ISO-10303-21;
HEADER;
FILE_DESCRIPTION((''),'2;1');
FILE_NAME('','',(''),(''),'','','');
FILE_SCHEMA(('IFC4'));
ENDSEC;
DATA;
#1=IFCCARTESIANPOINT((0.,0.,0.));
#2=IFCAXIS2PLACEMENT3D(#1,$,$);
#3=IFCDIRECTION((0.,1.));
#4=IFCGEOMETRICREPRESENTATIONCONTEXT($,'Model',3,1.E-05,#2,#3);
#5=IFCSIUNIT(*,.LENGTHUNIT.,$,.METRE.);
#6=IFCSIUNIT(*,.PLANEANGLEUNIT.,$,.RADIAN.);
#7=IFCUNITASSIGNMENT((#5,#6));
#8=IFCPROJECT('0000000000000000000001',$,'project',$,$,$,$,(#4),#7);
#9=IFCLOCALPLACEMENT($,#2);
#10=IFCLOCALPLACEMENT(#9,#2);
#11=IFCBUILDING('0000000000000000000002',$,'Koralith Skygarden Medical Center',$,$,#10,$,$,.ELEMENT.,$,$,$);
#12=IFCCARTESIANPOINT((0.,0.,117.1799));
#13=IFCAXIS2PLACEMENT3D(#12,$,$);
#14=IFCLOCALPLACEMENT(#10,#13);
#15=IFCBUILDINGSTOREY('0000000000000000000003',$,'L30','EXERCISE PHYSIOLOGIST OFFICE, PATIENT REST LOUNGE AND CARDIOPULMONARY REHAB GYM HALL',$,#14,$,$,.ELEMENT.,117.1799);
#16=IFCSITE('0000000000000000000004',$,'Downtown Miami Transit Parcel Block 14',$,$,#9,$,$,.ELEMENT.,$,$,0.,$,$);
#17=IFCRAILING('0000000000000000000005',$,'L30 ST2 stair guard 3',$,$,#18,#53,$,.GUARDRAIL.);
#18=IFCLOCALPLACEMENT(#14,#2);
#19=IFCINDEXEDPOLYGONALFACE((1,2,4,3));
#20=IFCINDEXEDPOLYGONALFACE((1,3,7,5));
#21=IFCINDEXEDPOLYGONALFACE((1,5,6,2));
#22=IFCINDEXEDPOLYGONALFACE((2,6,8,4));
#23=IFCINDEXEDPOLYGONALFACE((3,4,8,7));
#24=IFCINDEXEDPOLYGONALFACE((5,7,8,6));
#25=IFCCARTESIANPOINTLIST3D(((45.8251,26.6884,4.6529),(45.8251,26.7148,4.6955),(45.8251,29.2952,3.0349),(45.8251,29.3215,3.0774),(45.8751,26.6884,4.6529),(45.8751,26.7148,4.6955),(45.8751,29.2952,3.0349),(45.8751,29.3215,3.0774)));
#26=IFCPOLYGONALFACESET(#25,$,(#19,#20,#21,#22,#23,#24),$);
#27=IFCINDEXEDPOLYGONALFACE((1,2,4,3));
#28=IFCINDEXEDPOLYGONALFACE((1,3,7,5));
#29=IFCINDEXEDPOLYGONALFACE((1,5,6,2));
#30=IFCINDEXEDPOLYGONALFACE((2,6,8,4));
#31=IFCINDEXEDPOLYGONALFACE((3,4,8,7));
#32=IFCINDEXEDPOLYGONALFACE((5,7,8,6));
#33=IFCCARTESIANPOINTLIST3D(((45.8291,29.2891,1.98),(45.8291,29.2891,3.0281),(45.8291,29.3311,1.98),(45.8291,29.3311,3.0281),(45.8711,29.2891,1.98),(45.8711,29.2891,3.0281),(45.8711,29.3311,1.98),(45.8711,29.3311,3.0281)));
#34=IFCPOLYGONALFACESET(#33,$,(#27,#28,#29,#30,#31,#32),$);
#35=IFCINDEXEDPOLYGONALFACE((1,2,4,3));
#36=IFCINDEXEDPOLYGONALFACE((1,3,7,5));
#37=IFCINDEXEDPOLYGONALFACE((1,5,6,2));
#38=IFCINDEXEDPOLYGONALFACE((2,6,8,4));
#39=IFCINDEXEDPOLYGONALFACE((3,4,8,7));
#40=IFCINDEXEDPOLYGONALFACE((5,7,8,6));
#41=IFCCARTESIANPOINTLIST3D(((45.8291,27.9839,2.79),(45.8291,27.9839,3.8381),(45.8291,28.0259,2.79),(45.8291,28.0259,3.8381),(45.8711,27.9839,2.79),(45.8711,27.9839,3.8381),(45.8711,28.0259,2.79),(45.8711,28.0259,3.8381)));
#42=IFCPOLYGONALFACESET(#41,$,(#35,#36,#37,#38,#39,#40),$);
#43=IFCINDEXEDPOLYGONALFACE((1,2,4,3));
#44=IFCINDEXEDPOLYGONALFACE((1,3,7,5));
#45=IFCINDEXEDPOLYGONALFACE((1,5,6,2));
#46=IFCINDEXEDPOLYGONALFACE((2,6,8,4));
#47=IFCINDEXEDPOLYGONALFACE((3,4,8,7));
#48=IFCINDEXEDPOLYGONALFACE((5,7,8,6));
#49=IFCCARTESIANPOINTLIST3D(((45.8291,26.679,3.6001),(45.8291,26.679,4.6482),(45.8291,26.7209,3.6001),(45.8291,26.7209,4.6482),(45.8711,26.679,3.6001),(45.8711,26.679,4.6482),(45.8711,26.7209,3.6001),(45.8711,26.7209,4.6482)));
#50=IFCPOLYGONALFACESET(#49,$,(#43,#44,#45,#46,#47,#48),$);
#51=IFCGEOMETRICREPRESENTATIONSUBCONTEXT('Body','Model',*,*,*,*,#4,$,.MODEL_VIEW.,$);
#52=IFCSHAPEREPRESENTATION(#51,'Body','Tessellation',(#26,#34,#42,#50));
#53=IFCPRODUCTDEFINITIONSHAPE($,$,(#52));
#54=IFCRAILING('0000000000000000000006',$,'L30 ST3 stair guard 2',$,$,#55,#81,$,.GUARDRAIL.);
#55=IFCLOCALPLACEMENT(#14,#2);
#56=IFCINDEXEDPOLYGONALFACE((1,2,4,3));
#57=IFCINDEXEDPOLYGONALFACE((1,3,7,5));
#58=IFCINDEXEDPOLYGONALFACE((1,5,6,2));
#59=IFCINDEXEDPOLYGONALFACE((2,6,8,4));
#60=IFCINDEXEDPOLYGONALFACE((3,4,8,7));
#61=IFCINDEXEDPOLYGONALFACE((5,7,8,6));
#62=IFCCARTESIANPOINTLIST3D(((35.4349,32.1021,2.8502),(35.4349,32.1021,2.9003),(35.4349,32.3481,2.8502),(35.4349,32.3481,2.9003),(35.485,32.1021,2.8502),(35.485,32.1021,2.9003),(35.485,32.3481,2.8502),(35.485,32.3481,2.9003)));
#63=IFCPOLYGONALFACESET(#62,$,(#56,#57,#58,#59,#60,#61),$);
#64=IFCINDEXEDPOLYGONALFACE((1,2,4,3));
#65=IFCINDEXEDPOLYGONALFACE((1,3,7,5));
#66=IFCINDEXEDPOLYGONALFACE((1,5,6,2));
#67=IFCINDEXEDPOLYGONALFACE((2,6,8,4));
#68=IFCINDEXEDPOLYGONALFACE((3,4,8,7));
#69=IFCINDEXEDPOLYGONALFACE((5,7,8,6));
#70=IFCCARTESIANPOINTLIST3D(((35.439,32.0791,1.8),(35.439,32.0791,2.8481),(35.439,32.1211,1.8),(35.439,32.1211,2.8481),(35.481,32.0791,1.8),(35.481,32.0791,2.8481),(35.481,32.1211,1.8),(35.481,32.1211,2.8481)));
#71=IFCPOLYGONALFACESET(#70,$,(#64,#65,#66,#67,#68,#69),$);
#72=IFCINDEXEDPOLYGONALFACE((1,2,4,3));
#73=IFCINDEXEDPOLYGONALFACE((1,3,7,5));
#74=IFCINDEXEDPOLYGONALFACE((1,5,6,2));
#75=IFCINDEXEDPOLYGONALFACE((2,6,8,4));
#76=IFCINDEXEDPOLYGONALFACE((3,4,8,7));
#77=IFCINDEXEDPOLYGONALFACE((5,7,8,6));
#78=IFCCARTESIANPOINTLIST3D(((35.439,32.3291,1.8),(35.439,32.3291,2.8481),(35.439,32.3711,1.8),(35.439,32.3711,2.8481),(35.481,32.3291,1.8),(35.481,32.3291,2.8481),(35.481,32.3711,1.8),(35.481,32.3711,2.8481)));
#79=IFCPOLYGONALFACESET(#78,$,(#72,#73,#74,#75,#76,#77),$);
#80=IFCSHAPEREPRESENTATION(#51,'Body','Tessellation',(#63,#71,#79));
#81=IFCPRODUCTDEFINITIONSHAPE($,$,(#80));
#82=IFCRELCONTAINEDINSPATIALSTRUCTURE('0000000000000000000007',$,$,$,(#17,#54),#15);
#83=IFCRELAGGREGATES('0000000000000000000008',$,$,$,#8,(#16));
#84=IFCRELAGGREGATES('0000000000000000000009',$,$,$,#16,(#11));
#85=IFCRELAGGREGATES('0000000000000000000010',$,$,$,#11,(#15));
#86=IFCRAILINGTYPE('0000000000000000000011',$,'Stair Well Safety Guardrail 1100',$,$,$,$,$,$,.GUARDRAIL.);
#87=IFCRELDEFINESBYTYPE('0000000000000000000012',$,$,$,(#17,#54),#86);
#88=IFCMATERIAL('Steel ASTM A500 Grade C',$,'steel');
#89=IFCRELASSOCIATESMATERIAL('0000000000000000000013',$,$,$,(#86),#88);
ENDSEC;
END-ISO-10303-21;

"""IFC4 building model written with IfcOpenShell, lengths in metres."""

from ifc_helpers import new_model, si_unit, direction, frame, origin, origin_2d, place, context, subcontext, project, spatial, rectangle, extrude, material, type_object, element, save


model = new_model("IFC4")

# Units and contexts
model_context = context("Model", 3, precision=1e-05, world=origin(), true_north=direction((0.0, 1.0)))
body_context = subcontext(model_context, "Body", "Model", "MODEL_VIEW")
ifc_project = project(units=[si_unit("LENGTHUNIT", "METRE"), si_unit("PLANEANGLEUNIT", "RADIAN")], contexts=[model_context])

# Site, building, storey
site_placement = place(None, origin())
site = spatial("IfcSite", under=ifc_project, at=site_placement, Name="Downtown Miami Transit Parcel Block 14", CompositionType="ELEMENT", RefElevation=0.0)
building_placement = place(site_placement, origin())
building = spatial("IfcBuilding", under=site, at=building_placement, Name="Koralith Skygarden Medical Center", CompositionType="ELEMENT")
storey_placement = place(building_placement, frame((0.0, 0.0, 117.1799)))
storey = spatial("IfcBuildingStorey", under=building, at=storey_placement, Name="L30", Description="EXERCISE PHYSIOLOGIST OFFICE, PATIENT REST LOUNGE AND CARDIOPULMONARY REHAB GYM HALL", CompositionType="ELEMENT", Elevation=117.1799)

# Shared definitions
ifc_material_1 = material(Name="Steel ASTM A500 Grade C", Category="steel")

# Railings
railing_type_1 = type_object("IfcRailingType", Name="Stair Well Safety Guardrail 1100", PredefinedType="GUARDRAIL", material=ifc_material_1)
railing_1_placement = place(storey_placement, frame((45.8501, 29.3101, 1.98)))
element("IfcRailing", 1, at=railing_1_placement, inside=storey, type_object=railing_type_1, Name="L30 ST2 stair guard 3", PredefinedType="GUARDRAIL", context=body_context, shape_type="SweptSolid", body=[
    extrude(rectangle(XDim=0.05, YDim=0.05, at=origin_2d()), frame((0.0, -0.0017, 1.0762), z_axis=(0.0, -0.849633, 0.527375), x_axis=(1.0, 0.0, 0.0)), (0.0, 0.0, 1.0), 3.0681),
    extrude(rectangle(XDim=0.042, YDim=0.042, at=origin_2d()), origin(), (0.0, 0.0, 1.0), 1.0481),
    extrude(rectangle(XDim=0.042, YDim=0.042, at=origin_2d()), frame((0.0, -1.3052, 0.8101)), (0.0, 0.0, 1.0), 1.0481),
    extrude(rectangle(XDim=0.042, YDim=0.042, at=origin_2d()), frame((0.0, -2.6101, 1.6201)), (0.0, 0.0, 1.0), 1.0481),
])
railing_2_placement = place(storey_placement, frame((35.46, 32.1001, 1.8)))
element("IfcRailing", 2, at=railing_2_placement, inside=storey, type_object=railing_type_1, Name="L30 ST3 stair guard 2", PredefinedType="GUARDRAIL", context=body_context, shape_type="SweptSolid", body=[
    extrude(rectangle(XDim=0.05, YDim=0.05, at=origin_2d()), frame((0.0, 0.002, 1.0752), z_axis=(0.0, 1.0, 0.0), x_axis=(-1.0, 0.0, 0.0)), (0.0, 0.0, 1.0), 0.2461),
    extrude(rectangle(XDim=0.042, YDim=0.042, at=origin_2d()), origin(), (0.0, 0.0, 1.0), 1.0481),
    extrude(rectangle(XDim=0.042, YDim=0.042, at=origin_2d()), frame((0.0, 0.25, 0.0)), (0.0, 0.0, 1.0), 1.0481),
])

save(model, "model.ifc")
